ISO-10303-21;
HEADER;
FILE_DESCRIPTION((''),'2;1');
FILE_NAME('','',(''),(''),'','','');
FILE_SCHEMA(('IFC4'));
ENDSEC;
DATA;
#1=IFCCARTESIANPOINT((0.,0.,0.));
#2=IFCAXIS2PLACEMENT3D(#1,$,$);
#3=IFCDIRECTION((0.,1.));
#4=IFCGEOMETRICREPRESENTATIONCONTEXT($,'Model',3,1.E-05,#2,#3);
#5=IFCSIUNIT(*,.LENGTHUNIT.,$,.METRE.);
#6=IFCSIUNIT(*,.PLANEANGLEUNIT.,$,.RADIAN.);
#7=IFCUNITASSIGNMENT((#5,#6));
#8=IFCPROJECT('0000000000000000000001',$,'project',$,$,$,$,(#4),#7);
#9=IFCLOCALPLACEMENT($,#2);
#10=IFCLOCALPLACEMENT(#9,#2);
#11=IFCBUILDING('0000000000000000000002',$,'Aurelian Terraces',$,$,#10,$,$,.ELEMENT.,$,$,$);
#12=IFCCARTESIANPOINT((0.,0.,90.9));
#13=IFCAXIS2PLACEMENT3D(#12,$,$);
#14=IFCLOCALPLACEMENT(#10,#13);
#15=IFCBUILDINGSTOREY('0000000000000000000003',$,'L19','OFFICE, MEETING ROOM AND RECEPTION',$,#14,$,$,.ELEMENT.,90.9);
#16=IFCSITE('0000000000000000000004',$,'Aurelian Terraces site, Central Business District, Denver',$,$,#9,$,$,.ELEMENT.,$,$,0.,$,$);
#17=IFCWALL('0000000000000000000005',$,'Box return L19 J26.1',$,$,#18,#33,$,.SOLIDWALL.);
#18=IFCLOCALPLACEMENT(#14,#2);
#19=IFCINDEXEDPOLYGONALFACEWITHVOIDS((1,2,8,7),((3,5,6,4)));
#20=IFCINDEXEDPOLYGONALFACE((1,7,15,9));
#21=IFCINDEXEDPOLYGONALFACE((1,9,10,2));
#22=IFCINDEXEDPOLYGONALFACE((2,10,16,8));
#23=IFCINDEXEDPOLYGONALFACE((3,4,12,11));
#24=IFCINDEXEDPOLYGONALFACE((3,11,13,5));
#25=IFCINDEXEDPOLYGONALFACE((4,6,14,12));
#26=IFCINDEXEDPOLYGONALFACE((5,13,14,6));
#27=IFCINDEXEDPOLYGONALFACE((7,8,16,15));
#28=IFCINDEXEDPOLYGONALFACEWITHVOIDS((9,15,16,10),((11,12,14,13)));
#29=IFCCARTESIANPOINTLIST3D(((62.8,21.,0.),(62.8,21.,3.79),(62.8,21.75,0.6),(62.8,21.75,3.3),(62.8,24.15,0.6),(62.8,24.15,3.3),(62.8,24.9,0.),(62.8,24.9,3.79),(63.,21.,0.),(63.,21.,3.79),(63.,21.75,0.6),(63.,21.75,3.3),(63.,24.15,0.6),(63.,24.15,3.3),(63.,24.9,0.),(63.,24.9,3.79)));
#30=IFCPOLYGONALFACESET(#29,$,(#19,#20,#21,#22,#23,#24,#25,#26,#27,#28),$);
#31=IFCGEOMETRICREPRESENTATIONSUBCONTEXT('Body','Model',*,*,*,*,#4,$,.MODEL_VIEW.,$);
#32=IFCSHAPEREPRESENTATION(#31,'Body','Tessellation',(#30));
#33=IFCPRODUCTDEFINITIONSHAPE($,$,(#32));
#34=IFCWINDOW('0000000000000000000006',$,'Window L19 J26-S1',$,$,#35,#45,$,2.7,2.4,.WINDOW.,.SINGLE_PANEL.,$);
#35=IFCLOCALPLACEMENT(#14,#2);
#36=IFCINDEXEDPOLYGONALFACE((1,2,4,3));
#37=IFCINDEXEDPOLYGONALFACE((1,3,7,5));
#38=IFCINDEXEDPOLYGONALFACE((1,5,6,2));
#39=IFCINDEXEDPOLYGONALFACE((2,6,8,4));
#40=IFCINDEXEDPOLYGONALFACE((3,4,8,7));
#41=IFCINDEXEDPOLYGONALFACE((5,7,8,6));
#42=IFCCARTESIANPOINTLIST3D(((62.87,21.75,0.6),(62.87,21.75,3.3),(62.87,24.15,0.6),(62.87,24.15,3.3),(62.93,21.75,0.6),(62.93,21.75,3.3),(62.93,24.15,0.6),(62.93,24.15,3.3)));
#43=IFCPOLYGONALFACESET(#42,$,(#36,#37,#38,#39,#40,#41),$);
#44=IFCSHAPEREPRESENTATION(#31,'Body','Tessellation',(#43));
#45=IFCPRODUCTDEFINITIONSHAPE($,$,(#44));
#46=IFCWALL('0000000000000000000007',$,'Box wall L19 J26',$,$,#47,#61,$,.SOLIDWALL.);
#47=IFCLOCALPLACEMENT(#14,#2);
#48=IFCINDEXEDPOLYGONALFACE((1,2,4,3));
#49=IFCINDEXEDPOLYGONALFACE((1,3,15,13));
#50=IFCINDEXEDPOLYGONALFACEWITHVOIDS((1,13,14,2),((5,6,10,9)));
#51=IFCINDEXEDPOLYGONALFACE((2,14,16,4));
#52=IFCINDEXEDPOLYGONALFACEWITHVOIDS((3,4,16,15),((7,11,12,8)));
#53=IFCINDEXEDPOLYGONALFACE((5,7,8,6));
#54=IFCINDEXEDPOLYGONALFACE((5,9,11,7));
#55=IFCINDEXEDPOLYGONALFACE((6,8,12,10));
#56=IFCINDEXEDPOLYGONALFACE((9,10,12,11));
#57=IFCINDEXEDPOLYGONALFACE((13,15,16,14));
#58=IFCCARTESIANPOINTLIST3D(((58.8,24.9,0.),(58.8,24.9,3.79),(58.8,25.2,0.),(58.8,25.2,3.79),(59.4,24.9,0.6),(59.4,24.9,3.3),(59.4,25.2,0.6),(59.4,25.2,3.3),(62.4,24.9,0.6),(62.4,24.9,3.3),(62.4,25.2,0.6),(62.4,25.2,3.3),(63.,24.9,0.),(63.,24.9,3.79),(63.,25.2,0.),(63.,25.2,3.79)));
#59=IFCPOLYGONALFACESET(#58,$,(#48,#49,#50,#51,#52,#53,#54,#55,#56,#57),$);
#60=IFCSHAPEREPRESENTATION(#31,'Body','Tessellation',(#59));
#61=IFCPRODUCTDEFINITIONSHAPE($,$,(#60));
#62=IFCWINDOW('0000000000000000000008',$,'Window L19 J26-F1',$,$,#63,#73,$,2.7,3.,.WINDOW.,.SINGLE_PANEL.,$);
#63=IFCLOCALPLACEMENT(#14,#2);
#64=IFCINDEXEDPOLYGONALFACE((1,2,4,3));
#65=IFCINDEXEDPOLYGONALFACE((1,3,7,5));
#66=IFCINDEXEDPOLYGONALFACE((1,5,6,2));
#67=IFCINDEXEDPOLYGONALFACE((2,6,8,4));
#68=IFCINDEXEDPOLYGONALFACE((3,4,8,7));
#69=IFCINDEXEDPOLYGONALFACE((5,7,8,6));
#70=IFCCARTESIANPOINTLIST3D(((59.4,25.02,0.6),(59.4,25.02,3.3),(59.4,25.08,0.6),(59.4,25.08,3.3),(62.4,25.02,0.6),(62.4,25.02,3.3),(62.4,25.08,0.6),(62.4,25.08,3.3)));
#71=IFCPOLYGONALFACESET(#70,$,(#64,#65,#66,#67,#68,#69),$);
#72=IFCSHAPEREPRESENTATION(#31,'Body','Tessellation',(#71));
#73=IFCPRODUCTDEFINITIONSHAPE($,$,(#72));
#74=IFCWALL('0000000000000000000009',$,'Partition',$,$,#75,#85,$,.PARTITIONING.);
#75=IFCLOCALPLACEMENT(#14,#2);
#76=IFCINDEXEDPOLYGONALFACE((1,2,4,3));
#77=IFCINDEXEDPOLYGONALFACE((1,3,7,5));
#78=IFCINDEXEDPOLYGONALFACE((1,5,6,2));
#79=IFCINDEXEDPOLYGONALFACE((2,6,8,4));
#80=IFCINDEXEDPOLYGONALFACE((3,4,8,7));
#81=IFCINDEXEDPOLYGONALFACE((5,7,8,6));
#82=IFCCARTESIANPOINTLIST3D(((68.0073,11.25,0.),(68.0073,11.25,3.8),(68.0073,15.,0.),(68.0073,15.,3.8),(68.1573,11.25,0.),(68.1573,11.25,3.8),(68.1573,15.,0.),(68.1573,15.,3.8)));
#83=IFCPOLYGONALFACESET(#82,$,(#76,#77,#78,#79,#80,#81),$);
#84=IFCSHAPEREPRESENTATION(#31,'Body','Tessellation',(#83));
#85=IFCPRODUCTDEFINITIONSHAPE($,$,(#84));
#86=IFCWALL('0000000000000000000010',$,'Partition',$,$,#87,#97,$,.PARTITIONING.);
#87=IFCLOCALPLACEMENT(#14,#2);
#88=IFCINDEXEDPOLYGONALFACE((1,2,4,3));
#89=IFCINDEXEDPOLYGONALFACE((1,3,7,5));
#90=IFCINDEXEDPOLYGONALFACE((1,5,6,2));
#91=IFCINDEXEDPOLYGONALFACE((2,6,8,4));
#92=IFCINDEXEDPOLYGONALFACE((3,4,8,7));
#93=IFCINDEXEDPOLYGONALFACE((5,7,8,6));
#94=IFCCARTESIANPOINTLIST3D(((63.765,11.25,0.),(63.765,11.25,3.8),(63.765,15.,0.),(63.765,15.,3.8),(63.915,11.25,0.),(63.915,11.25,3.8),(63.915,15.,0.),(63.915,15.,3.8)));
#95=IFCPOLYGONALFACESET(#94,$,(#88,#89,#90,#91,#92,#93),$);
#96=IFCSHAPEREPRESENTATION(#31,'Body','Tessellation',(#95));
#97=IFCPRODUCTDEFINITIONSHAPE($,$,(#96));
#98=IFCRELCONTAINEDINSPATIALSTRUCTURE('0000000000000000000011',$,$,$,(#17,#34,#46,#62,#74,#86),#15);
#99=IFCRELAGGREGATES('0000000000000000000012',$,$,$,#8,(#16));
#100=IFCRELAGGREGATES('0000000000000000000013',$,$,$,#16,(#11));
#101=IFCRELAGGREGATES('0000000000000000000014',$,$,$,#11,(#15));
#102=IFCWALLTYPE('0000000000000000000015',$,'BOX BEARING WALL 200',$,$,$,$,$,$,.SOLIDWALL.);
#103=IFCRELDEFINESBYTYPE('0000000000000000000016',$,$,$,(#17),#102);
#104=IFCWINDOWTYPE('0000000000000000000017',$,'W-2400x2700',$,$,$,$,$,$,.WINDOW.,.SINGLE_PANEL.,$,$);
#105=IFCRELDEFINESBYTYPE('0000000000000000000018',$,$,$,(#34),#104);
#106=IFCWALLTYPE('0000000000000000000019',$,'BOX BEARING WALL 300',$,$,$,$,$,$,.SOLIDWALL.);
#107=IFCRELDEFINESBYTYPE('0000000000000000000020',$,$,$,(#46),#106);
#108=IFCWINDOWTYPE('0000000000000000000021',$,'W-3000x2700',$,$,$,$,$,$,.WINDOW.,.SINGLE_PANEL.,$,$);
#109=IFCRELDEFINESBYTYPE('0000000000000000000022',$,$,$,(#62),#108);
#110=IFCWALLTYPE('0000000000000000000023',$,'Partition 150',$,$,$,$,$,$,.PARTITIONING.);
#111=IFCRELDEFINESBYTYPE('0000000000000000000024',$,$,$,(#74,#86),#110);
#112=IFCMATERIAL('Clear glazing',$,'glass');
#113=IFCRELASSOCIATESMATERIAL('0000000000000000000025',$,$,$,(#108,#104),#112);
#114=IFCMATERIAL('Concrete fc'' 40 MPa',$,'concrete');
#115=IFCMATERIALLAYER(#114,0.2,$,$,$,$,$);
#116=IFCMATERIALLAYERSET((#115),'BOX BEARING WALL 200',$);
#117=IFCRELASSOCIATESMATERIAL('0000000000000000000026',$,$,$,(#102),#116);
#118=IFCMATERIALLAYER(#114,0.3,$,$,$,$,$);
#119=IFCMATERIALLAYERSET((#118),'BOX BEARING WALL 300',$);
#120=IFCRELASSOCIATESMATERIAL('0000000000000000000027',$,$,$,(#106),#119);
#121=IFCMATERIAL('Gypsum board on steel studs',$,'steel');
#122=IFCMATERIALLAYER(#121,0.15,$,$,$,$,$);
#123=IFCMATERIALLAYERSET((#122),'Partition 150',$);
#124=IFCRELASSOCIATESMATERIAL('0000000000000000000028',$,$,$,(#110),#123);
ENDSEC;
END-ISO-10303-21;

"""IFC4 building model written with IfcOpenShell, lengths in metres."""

from ifc_helpers import new_model, si_unit, direction, frame, frame_2d, origin, place, context, subcontext, project, spatial, rectangle, extrude, source, transform, mapped, material, layer, layer_set, type_object, element, fill, save


model = new_model("IFC4")

# Units and contexts
model_context = context("Model", 3, precision=1e-05, world=origin(), true_north=direction((0.0, 1.0)))
body_context = subcontext(model_context, "Body", "Model", "MODEL_VIEW")
ifc_project = project(units=[si_unit("LENGTHUNIT", "METRE"), si_unit("PLANEANGLEUNIT", "RADIAN")], contexts=[model_context])

# Site, building, storey
site_placement = place(None, origin())
site = spatial("IfcSite", under=ifc_project, at=site_placement, Name="Aurelian Terraces site, Central Business District, Denver", CompositionType="ELEMENT", RefElevation=0.0)
building_placement = place(site_placement, origin())
building = spatial("IfcBuilding", under=site, at=building_placement, Name="Aurelian Terraces", CompositionType="ELEMENT")
storey_placement = place(building_placement, frame((0.0, 0.0, 90.9)))
storey = spatial("IfcBuildingStorey", under=building, at=storey_placement, Name="L19", Description="OFFICE, MEETING ROOM AND RECEPTION", CompositionType="ELEMENT", Elevation=90.9)

# Walls, openings, windows
ifc_material_1 = material(Name="Clear glazing", Category="glass")
shared_shape_1 = source(origin(), body_context, "Body", "SweptSolid", [
    extrude(rectangle(XDim=3.0, YDim=2.7, at=frame_2d((1.5, 1.35))), frame((0.0, 0.16, 0.0), z_axis=(0.0, -1.0, 0.0), x_axis=(1.0, 0.0, 0.0)), (0.0, 0.0, 1.0), 0.32),
])
window_type_1 = type_object("IfcWindowType", Name="W-3000x2700", PartitioningType="SINGLE_PANEL", PredefinedType="WINDOW", material=ifc_material_1)
shared_shape_2 = source(origin(), body_context, "Body", "SweptSolid", [
    extrude(rectangle(XDim=3.0, YDim=2.7, at=frame_2d((1.5, 1.35))), frame((0.0, 0.03, 0.0), z_axis=(0.0, -1.0, 0.0), x_axis=(1.0, 0.0, 0.0)), (0.0, 0.0, 1.0), 0.06),
])
ifc_material_2 = material(Name="Concrete fc' 40 MPa", Category="concrete")
ifc_layer_1 = layer(ifc_material_2, 0.2)
ifc_layer_set_1 = layer_set([ifc_layer_1], Name="BOX BEARING WALL 200")
wall_type_1 = type_object("IfcWallType", Name="BOX BEARING WALL 200", PredefinedType="SOLIDWALL", material=ifc_layer_set_1)
shared_shape_3 = source(origin(), body_context, "Body", "SweptSolid", [
    extrude(rectangle(XDim=3.9, YDim=0.2, at=frame_2d((1.95, 0.0))), origin(), (0.0, 0.0, 1.0), 3.79),
])
wall_1_placement = place(storey_placement, frame((62.9, 21.0, 0.0), z_axis=(0.0, 0.0, 1.0), x_axis=(0.0, 1.0, 0.0)))
wall_1 = element("IfcWall", 1, at=wall_1_placement, inside=storey, type_object=wall_type_1, Name="Box return L19 J26.1", PredefinedType="SOLIDWALL", context=body_context, shape_type="MappedRepresentation", body=[
    mapped(shared_shape_3, transform((0.0, 0.0, 0.0), scale=1.0)),
])
shared_shape_4 = source(origin(), body_context, "Body", "SweptSolid", [
    extrude(rectangle(XDim=2.4, YDim=2.7, at=frame_2d((1.2, 1.35))), frame((0.0, 0.11, 0.0), z_axis=(0.0, -1.0, 0.0), x_axis=(1.0, 0.0, 0.0)), (0.0, 0.0, 1.0), 0.22),
])
opening_1_placement = place(wall_1_placement, frame((0.75, 0.0, 0.6)))
opening_1 = element("IfcOpeningElement", 2, at=opening_1_placement, cuts=wall_1, PredefinedType="OPENING", context=body_context, shape_type="MappedRepresentation", body=[
    mapped(shared_shape_4, transform((0.0, 0.0, 0.0), scale=1.0)),
])
window_type_2 = type_object("IfcWindowType", Name="W-2400x2700", PartitioningType="SINGLE_PANEL", PredefinedType="WINDOW", material=ifc_material_1)
shared_shape_5 = source(origin(), body_context, "Body", "SweptSolid", [
    extrude(rectangle(XDim=2.4, YDim=2.7, at=frame_2d((1.2, 1.35))), frame((0.0, 0.03, 0.0), z_axis=(0.0, -1.0, 0.0), x_axis=(1.0, 0.0, 0.0)), (0.0, 0.0, 1.0), 0.06),
])
window_1_placement = place(opening_1_placement, origin())
window_1 = element("IfcWindow", 3, at=window_1_placement, inside=storey, type_object=window_type_2, Name="Window L19 J26-S1", OverallHeight=2.7, OverallWidth=2.4, PartitioningType="SINGLE_PANEL", PredefinedType="WINDOW", context=body_context, shape_type="MappedRepresentation", body=[
    mapped(shared_shape_5, transform((0.0, 0.0, 0.0), scale=1.0)),
])
fill(opening_1, window_1)
ifc_layer_2 = layer(ifc_material_2, 0.3)
ifc_layer_set_2 = layer_set([ifc_layer_2], Name="BOX BEARING WALL 300")
wall_type_2 = type_object("IfcWallType", Name="BOX BEARING WALL 300", PredefinedType="SOLIDWALL", material=ifc_layer_set_2)
shared_shape_6 = source(origin(), body_context, "Body", "SweptSolid", [
    extrude(rectangle(XDim=4.2, YDim=0.3, at=frame_2d((2.1, 0.0))), origin(), (0.0, 0.0, 1.0), 3.79),
])
wall_2_placement = place(storey_placement, frame((63.0, 25.05, 0.0), z_axis=(0.0, 0.0, 1.0), x_axis=(-1.0, 0.0, 0.0)))
wall_2 = element("IfcWall", 4, at=wall_2_placement, inside=storey, type_object=wall_type_2, Name="Box wall L19 J26", PredefinedType="SOLIDWALL", context=body_context, shape_type="MappedRepresentation", body=[
    mapped(shared_shape_6, transform((0.0, 0.0, 0.0), scale=1.0)),
])
opening_2_placement = place(wall_2_placement, frame((0.6, 0.0, 0.6)))
opening_2 = element("IfcOpeningElement", 5, at=opening_2_placement, cuts=wall_2, PredefinedType="OPENING", context=body_context, shape_type="MappedRepresentation", body=[
    mapped(shared_shape_1, transform((0.0, 0.0, 0.0), scale=1.0)),
])
window_2_placement = place(opening_2_placement, origin())
window_2 = element("IfcWindow", 6, at=window_2_placement, inside=storey, type_object=window_type_1, Name="Window L19 J26-F1", OverallHeight=2.7, OverallWidth=3.0, PartitioningType="SINGLE_PANEL", PredefinedType="WINDOW", context=body_context, shape_type="MappedRepresentation", body=[
    mapped(shared_shape_2, transform((0.0, 0.0, 0.0), scale=1.0)),
])
fill(opening_2, window_2)

# Walls
ifc_material_3 = material(Name="Gypsum board on steel studs", Category="steel")
ifc_layer_3 = layer(ifc_material_3, 0.15)
ifc_layer_set_3 = layer_set([ifc_layer_3], Name="Partition 150")
wall_type_3 = type_object("IfcWallType", Name="Partition 150", PredefinedType="PARTITIONING", material=ifc_layer_set_3)
shared_shape_7 = source(origin(), body_context, "Body", "SweptSolid", [
    extrude(rectangle(XDim=3.75, YDim=0.15, at=frame_2d((1.875, 0.0))), origin(), (0.0, 0.0, 1.0), 3.8),
])
for number, where, z_axis, x_axis, name in (
    (7, (68.0823, 11.25, 0.0), (0.0, 0.0, 1.0), (0.0, 1.0, 0.0), "Partition"),
    (8, (63.84, 11.25, 0.0), (0.0, 0.0, 1.0), (0.0, 1.0, 0.0), "Partition"),
):
    element("IfcWall", number, at=place(storey_placement, frame(where, z_axis=z_axis, x_axis=x_axis)), inside=storey, type_object=wall_type_3, Name=name, PredefinedType="PARTITIONING", context=body_context, shape_type="MappedRepresentation", body=[
        mapped(shared_shape_7, transform((0.0, 0.0, 0.0), scale=1.0)),
    ])

save(model, "model.ifc")
